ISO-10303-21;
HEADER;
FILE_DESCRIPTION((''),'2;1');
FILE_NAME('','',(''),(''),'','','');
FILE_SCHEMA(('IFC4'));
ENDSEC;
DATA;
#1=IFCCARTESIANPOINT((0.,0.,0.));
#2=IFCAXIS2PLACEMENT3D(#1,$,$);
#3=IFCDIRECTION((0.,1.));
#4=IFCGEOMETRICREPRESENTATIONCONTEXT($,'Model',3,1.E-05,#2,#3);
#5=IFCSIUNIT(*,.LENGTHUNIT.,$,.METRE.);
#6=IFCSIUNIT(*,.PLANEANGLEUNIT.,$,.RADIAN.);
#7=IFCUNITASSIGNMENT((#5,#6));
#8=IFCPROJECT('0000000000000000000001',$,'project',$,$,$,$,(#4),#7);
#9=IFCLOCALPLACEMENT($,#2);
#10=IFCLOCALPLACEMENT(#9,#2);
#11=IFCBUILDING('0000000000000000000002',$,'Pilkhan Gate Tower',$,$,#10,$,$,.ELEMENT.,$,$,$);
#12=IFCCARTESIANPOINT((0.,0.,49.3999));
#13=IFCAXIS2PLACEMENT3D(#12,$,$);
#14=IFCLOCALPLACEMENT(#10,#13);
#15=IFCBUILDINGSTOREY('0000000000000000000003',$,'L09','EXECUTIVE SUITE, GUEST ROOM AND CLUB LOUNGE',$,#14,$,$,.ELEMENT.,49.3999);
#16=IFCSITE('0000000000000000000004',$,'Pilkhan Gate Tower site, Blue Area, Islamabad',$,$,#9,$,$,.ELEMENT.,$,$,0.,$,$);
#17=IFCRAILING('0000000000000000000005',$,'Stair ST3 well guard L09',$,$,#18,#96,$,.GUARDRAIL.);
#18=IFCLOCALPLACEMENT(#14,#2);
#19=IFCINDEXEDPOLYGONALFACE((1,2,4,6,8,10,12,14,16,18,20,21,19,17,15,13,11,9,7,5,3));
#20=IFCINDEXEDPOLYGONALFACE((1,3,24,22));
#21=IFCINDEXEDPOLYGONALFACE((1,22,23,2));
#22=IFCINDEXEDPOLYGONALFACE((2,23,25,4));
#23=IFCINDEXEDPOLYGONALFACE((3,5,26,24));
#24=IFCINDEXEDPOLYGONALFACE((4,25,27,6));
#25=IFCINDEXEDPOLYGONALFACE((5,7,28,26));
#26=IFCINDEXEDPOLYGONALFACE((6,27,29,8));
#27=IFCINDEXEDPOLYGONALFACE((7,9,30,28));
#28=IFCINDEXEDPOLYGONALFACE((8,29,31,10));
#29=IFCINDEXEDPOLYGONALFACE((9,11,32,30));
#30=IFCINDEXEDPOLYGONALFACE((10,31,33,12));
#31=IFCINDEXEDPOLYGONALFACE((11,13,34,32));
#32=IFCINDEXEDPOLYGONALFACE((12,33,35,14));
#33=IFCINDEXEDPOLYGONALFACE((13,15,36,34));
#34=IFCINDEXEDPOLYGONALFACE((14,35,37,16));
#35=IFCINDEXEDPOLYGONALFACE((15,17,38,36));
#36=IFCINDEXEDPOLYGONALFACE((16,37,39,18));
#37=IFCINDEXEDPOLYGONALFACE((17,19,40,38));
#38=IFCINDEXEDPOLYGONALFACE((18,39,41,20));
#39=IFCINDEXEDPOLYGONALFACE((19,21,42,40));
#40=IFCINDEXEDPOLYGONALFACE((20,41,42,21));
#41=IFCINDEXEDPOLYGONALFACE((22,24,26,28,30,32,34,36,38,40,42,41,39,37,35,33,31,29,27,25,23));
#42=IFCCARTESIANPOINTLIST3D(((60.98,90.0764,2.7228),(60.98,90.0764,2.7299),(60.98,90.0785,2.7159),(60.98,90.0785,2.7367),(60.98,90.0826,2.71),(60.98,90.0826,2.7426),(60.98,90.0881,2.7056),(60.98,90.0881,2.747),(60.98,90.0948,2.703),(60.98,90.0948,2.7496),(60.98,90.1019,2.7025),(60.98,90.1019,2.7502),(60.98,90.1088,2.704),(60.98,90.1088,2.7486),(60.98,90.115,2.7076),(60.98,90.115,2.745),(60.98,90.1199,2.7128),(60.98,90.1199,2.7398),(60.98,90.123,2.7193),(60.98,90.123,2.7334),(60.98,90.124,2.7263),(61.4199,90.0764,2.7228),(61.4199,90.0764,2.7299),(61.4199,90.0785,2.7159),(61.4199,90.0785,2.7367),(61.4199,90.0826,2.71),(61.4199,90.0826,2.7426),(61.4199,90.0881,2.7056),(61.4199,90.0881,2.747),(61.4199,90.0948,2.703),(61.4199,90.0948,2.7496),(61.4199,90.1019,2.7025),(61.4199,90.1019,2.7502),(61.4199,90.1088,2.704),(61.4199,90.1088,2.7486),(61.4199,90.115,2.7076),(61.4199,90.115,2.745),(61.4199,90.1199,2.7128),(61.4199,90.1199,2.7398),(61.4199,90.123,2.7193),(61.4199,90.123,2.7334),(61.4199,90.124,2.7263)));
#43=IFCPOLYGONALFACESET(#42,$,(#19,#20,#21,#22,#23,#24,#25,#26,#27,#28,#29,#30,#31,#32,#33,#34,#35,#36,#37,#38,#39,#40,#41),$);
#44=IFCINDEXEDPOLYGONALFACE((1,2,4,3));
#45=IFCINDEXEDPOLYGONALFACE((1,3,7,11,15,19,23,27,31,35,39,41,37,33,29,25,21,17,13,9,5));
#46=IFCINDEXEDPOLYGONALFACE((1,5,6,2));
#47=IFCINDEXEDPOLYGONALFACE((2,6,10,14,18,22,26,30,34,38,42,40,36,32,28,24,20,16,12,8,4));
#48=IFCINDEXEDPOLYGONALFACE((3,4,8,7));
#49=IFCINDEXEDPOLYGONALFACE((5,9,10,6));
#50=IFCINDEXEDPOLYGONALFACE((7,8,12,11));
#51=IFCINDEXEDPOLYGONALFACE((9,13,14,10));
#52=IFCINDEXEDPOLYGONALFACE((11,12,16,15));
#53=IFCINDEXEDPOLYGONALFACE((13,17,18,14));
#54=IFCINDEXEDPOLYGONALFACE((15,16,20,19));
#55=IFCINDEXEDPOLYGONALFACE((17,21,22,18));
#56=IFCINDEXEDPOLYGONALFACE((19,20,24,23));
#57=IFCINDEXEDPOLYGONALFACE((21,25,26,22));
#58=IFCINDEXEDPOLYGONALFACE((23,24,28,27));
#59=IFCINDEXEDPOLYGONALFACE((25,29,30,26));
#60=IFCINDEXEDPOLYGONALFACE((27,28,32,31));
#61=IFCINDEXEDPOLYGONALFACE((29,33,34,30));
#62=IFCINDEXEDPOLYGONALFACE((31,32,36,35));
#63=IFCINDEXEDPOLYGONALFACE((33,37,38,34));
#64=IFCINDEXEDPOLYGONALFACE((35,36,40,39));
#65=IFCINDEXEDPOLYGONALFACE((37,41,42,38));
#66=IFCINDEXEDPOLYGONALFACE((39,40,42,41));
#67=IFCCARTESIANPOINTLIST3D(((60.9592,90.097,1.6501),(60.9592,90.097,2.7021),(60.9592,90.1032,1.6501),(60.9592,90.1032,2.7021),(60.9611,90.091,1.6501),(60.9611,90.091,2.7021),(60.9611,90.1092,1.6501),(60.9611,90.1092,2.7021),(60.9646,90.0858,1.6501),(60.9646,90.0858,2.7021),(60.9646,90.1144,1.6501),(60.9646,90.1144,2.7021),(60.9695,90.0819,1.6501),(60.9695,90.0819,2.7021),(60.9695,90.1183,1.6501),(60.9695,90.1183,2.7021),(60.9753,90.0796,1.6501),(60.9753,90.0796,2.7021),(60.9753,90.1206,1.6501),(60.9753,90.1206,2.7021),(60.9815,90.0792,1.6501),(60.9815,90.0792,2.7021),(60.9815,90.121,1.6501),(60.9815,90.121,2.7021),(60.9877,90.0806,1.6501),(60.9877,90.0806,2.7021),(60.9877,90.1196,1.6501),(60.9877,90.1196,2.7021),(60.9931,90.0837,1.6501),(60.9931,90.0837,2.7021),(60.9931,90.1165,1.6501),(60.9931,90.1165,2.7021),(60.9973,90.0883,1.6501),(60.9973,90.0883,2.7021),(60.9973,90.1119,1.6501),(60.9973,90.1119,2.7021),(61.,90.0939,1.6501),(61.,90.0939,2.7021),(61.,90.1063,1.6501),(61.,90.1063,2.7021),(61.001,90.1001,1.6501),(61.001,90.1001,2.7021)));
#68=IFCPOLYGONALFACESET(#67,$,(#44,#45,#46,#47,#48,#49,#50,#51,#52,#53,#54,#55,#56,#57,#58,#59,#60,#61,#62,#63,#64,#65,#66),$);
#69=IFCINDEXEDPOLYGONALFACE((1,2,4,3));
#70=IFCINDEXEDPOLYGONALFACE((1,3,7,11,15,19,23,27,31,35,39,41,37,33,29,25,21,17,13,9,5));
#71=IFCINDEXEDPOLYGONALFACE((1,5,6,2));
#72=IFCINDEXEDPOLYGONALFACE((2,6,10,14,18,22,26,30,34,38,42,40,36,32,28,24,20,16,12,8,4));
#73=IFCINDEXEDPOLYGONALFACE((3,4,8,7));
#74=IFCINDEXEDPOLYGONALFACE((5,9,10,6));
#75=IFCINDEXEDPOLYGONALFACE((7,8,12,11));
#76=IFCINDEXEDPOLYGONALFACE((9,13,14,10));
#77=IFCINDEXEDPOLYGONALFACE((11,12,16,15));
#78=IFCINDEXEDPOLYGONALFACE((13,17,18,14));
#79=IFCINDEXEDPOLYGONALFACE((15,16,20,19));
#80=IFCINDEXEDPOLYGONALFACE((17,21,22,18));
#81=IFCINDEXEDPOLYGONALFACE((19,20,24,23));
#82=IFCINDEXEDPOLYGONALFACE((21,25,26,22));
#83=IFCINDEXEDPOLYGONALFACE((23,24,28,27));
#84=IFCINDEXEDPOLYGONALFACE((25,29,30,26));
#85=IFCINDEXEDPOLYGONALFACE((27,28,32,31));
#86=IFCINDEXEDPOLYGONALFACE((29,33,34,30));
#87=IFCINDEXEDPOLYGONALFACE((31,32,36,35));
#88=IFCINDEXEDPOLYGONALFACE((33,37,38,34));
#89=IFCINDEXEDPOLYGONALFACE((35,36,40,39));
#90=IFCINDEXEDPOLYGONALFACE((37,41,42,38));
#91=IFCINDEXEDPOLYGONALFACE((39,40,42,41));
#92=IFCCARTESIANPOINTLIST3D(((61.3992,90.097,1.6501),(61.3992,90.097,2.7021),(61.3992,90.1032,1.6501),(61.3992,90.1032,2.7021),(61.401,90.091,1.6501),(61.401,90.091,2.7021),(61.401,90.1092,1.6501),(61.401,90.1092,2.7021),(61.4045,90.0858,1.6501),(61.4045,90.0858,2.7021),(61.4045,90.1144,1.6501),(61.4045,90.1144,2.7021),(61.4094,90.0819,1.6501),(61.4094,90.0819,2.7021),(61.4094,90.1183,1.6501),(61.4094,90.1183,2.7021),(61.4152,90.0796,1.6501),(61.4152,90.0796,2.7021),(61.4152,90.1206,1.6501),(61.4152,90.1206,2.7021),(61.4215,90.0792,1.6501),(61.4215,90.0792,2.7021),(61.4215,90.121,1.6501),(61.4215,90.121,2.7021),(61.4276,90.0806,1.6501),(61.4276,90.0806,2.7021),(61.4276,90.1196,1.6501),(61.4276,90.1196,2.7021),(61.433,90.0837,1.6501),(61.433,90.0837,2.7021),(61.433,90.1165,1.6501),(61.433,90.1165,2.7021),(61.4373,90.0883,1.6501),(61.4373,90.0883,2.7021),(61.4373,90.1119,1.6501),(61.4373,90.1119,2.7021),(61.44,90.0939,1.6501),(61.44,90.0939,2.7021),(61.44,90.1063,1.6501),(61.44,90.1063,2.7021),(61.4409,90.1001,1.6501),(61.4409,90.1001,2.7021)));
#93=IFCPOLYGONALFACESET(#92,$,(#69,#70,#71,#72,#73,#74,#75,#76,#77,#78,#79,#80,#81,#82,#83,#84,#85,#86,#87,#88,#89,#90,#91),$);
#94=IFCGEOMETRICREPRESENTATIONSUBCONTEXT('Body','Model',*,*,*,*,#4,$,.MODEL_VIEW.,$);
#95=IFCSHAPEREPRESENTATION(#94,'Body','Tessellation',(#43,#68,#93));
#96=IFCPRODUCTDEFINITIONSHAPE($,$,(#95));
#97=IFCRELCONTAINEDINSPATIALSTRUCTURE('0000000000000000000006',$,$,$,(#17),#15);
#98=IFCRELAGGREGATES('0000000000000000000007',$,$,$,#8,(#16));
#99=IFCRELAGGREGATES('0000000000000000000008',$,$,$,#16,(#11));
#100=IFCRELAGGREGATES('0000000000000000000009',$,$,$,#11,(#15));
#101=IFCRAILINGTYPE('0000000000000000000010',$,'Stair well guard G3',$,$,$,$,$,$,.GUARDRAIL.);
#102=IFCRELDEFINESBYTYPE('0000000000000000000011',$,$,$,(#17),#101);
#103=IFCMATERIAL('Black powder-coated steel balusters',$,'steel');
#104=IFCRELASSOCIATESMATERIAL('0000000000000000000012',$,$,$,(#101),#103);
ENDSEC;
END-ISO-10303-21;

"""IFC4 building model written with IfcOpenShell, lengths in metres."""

from ifc_helpers import new_model, si_unit, direction, frame, origin, origin_2d, place, context, subcontext, project, spatial, circle, extrude, material, type_object, element, save


model = new_model("IFC4")

# Units and contexts
model_context = context("Model", 3, precision=1e-05, world=origin(), true_north=direction((0.0, 1.0)))
body_context = subcontext(model_context, "Body", "Model", "MODEL_VIEW")
ifc_project = project(units=[si_unit("LENGTHUNIT", "METRE"), si_unit("PLANEANGLEUNIT", "RADIAN")], contexts=[model_context])

# Site, building, storey
site_placement = place(None, origin())
site = spatial("IfcSite", under=ifc_project, at=site_placement, Name="Pilkhan Gate Tower site, Blue Area, Islamabad", CompositionType="ELEMENT", RefElevation=0.0)
building_placement = place(site_placement, origin())
building = spatial("IfcBuilding", under=site, at=building_placement, Name="Pilkhan Gate Tower", CompositionType="ELEMENT")
storey_placement = place(building_placement, frame((0.0, 0.0, 49.3999)))
storey = spatial("IfcBuildingStorey", under=building, at=storey_placement, Name="L09", Description="EXECUTIVE SUITE, GUEST ROOM AND CLUB LOUNGE", CompositionType="ELEMENT", Elevation=49.3999)

# Railing
ifc_material_1 = material(Name="Black powder-coated steel balusters", Category="steel")
railing_type_1 = type_object("IfcRailingType", Name="Stair well guard G3", PredefinedType="GUARDRAIL", material=ifc_material_1)
railing_1_placement = place(storey_placement, frame((60.98, 90.1001, 1.6501)))
element("IfcRailing", 1, at=railing_1_placement, inside=storey, type_object=railing_type_1, Name="Stair ST3 well guard L09", PredefinedType="GUARDRAIL", context=body_context, shape_type="SweptSolid", body=[
    extrude(circle(Radius=0.0239, at=origin_2d()), frame((0.0, 0.0, 1.0762), z_axis=(1.0, 0.0, 0.0), x_axis=(0.0, 1.0, 0.0)), (0.0, 0.0, 1.0), 0.4399),
    extrude(circle(Radius=0.021, at=origin_2d()), origin(), (0.0, 0.0, 1.0), 1.052),
    extrude(circle(Radius=0.021, at=origin_2d()), frame((0.4399, 0.0, 0.0)), (0.0, 0.0, 1.0), 1.052),
])

save(model, "model.ifc")
